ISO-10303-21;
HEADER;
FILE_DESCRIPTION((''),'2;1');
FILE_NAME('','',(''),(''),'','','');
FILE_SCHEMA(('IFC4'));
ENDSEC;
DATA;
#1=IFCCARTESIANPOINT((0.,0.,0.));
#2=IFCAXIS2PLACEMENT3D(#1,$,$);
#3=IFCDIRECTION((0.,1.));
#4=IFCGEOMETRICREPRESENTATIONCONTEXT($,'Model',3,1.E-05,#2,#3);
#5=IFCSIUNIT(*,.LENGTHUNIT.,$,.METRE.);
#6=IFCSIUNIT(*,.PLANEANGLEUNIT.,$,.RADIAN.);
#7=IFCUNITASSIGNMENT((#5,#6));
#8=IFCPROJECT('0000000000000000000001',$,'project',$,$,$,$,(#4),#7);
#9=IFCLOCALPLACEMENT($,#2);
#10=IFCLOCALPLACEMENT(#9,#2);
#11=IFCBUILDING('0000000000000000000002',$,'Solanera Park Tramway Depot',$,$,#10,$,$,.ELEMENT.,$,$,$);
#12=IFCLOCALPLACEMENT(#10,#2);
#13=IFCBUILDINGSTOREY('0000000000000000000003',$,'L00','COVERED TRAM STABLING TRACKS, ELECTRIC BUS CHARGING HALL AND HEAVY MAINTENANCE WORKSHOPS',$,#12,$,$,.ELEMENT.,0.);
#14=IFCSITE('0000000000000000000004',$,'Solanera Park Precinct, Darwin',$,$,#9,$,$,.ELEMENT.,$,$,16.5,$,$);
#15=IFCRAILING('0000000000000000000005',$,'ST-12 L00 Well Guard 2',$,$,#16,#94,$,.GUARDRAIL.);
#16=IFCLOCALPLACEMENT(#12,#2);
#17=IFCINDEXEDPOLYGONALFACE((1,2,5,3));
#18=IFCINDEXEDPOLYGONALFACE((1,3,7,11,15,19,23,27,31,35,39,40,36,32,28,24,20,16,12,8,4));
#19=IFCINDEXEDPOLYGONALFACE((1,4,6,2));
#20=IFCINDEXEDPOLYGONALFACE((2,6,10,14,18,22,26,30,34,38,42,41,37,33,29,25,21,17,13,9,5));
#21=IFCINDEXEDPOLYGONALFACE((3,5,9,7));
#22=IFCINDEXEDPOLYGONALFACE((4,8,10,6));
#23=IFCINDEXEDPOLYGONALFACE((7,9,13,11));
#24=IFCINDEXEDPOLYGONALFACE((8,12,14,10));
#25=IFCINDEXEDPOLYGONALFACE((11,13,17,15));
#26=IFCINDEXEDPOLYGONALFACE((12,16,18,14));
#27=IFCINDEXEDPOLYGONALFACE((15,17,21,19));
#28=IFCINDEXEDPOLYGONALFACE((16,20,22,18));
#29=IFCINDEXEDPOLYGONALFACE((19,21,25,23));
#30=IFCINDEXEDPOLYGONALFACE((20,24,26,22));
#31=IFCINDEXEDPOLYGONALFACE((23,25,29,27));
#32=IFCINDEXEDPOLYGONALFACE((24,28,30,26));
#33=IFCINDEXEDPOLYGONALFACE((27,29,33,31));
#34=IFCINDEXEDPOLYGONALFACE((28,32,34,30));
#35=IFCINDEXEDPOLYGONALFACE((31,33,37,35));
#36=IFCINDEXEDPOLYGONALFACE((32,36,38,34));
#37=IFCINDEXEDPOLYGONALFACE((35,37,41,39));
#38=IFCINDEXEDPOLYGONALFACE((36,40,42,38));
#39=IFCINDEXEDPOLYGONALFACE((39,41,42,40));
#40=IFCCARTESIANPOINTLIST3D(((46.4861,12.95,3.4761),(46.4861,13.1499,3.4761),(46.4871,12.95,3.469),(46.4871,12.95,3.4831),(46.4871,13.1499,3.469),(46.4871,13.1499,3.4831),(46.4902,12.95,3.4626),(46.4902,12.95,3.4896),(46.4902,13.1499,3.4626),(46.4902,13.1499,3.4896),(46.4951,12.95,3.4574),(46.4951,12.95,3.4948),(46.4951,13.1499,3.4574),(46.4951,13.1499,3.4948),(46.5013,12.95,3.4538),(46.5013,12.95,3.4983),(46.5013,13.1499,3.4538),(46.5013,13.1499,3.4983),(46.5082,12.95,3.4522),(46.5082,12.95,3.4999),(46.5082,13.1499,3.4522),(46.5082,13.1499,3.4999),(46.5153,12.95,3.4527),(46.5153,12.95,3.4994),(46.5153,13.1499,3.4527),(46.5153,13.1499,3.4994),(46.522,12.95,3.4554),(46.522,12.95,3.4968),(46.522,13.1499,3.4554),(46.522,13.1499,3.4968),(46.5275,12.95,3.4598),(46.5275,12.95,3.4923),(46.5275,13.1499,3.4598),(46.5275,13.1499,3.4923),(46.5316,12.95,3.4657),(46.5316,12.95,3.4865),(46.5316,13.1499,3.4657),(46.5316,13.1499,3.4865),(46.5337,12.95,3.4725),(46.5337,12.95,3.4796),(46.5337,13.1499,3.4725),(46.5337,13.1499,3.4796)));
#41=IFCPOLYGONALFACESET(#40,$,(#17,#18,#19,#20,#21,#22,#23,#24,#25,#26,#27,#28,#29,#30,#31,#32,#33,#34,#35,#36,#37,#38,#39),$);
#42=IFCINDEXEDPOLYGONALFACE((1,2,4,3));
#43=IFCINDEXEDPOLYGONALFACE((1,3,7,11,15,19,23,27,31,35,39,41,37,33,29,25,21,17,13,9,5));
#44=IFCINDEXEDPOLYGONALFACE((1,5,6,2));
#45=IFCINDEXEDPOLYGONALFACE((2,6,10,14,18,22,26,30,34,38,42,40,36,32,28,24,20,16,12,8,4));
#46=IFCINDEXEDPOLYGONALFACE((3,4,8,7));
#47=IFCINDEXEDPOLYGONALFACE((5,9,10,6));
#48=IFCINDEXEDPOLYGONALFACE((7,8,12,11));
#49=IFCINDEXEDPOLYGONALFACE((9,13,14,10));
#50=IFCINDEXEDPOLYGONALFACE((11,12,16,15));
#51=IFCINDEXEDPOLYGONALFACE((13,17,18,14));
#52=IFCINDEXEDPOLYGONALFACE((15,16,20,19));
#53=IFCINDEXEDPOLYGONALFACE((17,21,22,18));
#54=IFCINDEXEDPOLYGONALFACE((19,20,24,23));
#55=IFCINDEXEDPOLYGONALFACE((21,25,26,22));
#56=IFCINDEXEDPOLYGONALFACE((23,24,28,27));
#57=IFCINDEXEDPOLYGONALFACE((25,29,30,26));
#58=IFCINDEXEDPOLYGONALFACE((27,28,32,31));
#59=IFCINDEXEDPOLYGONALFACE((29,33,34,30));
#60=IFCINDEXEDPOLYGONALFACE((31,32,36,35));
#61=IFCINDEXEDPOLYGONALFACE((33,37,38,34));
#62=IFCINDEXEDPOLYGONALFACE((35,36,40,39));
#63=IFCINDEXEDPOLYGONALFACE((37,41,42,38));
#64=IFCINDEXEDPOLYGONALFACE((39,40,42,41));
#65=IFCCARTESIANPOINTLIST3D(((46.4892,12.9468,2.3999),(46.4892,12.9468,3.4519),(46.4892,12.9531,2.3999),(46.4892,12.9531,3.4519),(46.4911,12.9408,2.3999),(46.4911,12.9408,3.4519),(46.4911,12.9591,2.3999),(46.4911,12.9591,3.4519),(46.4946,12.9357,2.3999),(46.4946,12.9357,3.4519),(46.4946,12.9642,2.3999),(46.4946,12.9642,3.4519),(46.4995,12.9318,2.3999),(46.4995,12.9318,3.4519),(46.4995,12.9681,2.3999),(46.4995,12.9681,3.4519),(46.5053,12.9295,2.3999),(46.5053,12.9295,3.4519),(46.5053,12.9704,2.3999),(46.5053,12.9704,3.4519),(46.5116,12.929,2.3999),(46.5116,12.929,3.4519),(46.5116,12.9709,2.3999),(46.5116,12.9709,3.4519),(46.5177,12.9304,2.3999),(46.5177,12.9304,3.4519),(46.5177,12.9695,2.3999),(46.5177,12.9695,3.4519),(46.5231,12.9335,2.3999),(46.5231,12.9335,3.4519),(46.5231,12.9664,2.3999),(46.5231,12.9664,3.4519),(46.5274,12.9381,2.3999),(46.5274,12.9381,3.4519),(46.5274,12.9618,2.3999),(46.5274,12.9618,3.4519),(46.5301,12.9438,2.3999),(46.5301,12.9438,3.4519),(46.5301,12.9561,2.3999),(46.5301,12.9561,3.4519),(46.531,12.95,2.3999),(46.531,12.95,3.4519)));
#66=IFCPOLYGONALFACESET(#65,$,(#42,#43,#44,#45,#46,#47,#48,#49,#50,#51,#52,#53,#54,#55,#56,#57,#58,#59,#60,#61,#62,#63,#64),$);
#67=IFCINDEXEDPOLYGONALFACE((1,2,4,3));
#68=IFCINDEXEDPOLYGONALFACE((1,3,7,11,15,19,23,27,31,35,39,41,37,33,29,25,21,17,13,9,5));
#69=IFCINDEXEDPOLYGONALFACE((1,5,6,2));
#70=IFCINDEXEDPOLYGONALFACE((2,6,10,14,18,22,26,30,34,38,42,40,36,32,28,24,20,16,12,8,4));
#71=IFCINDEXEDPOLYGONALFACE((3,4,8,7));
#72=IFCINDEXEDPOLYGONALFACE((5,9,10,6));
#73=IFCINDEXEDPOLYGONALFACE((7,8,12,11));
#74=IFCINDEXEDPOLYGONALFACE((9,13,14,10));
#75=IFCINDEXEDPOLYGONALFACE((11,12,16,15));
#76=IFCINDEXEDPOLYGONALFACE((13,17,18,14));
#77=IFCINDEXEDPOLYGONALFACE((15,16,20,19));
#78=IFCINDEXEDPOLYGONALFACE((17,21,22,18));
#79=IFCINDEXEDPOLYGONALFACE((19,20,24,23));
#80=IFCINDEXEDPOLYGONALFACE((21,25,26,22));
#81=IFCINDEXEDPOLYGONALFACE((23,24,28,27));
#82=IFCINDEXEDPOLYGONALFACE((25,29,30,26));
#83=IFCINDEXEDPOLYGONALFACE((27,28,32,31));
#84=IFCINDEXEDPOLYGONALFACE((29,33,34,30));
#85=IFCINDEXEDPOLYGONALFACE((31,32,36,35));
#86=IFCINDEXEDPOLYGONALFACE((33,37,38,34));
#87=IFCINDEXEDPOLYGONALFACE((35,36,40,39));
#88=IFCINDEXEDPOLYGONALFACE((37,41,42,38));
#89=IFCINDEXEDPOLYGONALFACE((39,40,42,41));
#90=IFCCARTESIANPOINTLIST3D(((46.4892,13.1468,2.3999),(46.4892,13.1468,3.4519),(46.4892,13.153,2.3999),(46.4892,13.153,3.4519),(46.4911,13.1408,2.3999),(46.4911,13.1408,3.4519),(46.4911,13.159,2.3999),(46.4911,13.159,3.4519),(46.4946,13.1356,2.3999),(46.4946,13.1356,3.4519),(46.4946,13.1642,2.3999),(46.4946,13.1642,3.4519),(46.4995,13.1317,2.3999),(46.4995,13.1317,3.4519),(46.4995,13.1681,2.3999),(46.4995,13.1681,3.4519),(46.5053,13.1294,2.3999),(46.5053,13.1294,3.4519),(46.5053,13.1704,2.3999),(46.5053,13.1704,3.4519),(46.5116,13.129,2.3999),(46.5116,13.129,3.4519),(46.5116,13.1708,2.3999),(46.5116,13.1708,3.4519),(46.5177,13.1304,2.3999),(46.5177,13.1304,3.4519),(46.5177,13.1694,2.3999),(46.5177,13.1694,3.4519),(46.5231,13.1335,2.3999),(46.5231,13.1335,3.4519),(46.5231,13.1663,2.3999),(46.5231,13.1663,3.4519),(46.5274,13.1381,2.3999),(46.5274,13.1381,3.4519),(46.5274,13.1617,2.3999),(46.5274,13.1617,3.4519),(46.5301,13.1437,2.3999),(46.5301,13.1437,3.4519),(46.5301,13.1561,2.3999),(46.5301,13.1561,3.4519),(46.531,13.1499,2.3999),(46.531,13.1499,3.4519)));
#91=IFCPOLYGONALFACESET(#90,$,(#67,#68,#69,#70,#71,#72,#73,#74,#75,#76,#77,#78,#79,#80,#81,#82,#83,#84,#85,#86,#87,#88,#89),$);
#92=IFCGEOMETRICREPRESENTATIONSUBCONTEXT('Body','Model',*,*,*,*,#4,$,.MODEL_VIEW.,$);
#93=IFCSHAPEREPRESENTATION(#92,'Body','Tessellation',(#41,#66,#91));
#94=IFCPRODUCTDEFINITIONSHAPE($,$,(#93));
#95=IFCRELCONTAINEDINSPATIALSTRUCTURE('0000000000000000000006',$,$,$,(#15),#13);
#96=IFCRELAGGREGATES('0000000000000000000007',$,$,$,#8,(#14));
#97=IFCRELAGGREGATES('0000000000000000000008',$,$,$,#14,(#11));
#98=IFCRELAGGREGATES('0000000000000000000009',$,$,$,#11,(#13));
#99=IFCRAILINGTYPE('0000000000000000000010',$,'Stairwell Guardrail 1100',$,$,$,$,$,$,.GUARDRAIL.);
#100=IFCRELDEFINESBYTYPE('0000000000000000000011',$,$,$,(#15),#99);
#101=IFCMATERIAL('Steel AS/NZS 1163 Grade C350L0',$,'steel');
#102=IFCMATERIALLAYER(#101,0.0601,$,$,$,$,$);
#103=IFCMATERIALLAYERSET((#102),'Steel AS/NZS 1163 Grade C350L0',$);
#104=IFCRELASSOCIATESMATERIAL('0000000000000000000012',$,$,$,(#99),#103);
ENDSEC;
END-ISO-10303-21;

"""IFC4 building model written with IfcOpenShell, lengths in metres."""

from ifc_helpers import new_model, si_unit, direction, frame, origin, origin_2d, place, context, subcontext, project, spatial, circle, extrude, material, layer, layer_set, type_object, element, save


model = new_model("IFC4")

# Units and contexts
model_context = context("Model", 3, precision=1e-05, world=origin(), true_north=direction((0.0, 1.0)))
body_context = subcontext(model_context, "Body", "Model", "MODEL_VIEW")
ifc_project = project(units=[si_unit("LENGTHUNIT", "METRE"), si_unit("PLANEANGLEUNIT", "RADIAN")], contexts=[model_context])

# Site, building, storey
site_placement = place(None, origin())
site = spatial("IfcSite", under=ifc_project, at=site_placement, Name="Solanera Park Precinct, Darwin", CompositionType="ELEMENT", RefElevation=16.5)
building_placement = place(site_placement, origin())
building = spatial("IfcBuilding", under=site, at=building_placement, Name="Solanera Park Tramway Depot", CompositionType="ELEMENT")
storey_placement = place(building_placement, origin())
storey = spatial("IfcBuildingStorey", under=building, at=storey_placement, Name="L00", Description="COVERED TRAM STABLING TRACKS, ELECTRIC BUS CHARGING HALL AND HEAVY MAINTENANCE WORKSHOPS", CompositionType="ELEMENT", Elevation=0.0)

# Railing
ifc_material_1 = material(Name="Steel AS/NZS 1163 Grade C350L0", Category="steel")
ifc_layer_1 = layer(ifc_material_1, 0.0601)
ifc_layer_set_1 = layer_set([ifc_layer_1], Name="Steel AS/NZS 1163 Grade C350L0")
railing_type_1 = type_object("IfcRailingType", Name="Stairwell Guardrail 1100", PredefinedType="GUARDRAIL", material=ifc_layer_set_1)
railing_1_placement = place(storey_placement, frame((46.51, 12.95, 2.3999)))
element("IfcRailing", 1, at=railing_1_placement, inside=storey, type_object=railing_type_1, Name="ST-12 L00 Well Guard 2", PredefinedType="GUARDRAIL", context=body_context, shape_type="SweptSolid", body=[
    extrude(circle(Radius=0.0239, at=origin_2d()), frame((0.0, 0.0, 1.0762), z_axis=(0.0, 1.0, 0.0), x_axis=(-1.0, 0.0, 0.0)), (0.0, 0.0, 1.0), 0.2),
    extrude(circle(Radius=0.021, at=origin_2d()), origin(), (0.0, 0.0, 1.0), 1.052),
    extrude(circle(Radius=0.021, at=origin_2d()), frame((0.0, 0.2, 0.0)), (0.0, 0.0, 1.0), 1.052),
])

save(model, "model.ifc")
